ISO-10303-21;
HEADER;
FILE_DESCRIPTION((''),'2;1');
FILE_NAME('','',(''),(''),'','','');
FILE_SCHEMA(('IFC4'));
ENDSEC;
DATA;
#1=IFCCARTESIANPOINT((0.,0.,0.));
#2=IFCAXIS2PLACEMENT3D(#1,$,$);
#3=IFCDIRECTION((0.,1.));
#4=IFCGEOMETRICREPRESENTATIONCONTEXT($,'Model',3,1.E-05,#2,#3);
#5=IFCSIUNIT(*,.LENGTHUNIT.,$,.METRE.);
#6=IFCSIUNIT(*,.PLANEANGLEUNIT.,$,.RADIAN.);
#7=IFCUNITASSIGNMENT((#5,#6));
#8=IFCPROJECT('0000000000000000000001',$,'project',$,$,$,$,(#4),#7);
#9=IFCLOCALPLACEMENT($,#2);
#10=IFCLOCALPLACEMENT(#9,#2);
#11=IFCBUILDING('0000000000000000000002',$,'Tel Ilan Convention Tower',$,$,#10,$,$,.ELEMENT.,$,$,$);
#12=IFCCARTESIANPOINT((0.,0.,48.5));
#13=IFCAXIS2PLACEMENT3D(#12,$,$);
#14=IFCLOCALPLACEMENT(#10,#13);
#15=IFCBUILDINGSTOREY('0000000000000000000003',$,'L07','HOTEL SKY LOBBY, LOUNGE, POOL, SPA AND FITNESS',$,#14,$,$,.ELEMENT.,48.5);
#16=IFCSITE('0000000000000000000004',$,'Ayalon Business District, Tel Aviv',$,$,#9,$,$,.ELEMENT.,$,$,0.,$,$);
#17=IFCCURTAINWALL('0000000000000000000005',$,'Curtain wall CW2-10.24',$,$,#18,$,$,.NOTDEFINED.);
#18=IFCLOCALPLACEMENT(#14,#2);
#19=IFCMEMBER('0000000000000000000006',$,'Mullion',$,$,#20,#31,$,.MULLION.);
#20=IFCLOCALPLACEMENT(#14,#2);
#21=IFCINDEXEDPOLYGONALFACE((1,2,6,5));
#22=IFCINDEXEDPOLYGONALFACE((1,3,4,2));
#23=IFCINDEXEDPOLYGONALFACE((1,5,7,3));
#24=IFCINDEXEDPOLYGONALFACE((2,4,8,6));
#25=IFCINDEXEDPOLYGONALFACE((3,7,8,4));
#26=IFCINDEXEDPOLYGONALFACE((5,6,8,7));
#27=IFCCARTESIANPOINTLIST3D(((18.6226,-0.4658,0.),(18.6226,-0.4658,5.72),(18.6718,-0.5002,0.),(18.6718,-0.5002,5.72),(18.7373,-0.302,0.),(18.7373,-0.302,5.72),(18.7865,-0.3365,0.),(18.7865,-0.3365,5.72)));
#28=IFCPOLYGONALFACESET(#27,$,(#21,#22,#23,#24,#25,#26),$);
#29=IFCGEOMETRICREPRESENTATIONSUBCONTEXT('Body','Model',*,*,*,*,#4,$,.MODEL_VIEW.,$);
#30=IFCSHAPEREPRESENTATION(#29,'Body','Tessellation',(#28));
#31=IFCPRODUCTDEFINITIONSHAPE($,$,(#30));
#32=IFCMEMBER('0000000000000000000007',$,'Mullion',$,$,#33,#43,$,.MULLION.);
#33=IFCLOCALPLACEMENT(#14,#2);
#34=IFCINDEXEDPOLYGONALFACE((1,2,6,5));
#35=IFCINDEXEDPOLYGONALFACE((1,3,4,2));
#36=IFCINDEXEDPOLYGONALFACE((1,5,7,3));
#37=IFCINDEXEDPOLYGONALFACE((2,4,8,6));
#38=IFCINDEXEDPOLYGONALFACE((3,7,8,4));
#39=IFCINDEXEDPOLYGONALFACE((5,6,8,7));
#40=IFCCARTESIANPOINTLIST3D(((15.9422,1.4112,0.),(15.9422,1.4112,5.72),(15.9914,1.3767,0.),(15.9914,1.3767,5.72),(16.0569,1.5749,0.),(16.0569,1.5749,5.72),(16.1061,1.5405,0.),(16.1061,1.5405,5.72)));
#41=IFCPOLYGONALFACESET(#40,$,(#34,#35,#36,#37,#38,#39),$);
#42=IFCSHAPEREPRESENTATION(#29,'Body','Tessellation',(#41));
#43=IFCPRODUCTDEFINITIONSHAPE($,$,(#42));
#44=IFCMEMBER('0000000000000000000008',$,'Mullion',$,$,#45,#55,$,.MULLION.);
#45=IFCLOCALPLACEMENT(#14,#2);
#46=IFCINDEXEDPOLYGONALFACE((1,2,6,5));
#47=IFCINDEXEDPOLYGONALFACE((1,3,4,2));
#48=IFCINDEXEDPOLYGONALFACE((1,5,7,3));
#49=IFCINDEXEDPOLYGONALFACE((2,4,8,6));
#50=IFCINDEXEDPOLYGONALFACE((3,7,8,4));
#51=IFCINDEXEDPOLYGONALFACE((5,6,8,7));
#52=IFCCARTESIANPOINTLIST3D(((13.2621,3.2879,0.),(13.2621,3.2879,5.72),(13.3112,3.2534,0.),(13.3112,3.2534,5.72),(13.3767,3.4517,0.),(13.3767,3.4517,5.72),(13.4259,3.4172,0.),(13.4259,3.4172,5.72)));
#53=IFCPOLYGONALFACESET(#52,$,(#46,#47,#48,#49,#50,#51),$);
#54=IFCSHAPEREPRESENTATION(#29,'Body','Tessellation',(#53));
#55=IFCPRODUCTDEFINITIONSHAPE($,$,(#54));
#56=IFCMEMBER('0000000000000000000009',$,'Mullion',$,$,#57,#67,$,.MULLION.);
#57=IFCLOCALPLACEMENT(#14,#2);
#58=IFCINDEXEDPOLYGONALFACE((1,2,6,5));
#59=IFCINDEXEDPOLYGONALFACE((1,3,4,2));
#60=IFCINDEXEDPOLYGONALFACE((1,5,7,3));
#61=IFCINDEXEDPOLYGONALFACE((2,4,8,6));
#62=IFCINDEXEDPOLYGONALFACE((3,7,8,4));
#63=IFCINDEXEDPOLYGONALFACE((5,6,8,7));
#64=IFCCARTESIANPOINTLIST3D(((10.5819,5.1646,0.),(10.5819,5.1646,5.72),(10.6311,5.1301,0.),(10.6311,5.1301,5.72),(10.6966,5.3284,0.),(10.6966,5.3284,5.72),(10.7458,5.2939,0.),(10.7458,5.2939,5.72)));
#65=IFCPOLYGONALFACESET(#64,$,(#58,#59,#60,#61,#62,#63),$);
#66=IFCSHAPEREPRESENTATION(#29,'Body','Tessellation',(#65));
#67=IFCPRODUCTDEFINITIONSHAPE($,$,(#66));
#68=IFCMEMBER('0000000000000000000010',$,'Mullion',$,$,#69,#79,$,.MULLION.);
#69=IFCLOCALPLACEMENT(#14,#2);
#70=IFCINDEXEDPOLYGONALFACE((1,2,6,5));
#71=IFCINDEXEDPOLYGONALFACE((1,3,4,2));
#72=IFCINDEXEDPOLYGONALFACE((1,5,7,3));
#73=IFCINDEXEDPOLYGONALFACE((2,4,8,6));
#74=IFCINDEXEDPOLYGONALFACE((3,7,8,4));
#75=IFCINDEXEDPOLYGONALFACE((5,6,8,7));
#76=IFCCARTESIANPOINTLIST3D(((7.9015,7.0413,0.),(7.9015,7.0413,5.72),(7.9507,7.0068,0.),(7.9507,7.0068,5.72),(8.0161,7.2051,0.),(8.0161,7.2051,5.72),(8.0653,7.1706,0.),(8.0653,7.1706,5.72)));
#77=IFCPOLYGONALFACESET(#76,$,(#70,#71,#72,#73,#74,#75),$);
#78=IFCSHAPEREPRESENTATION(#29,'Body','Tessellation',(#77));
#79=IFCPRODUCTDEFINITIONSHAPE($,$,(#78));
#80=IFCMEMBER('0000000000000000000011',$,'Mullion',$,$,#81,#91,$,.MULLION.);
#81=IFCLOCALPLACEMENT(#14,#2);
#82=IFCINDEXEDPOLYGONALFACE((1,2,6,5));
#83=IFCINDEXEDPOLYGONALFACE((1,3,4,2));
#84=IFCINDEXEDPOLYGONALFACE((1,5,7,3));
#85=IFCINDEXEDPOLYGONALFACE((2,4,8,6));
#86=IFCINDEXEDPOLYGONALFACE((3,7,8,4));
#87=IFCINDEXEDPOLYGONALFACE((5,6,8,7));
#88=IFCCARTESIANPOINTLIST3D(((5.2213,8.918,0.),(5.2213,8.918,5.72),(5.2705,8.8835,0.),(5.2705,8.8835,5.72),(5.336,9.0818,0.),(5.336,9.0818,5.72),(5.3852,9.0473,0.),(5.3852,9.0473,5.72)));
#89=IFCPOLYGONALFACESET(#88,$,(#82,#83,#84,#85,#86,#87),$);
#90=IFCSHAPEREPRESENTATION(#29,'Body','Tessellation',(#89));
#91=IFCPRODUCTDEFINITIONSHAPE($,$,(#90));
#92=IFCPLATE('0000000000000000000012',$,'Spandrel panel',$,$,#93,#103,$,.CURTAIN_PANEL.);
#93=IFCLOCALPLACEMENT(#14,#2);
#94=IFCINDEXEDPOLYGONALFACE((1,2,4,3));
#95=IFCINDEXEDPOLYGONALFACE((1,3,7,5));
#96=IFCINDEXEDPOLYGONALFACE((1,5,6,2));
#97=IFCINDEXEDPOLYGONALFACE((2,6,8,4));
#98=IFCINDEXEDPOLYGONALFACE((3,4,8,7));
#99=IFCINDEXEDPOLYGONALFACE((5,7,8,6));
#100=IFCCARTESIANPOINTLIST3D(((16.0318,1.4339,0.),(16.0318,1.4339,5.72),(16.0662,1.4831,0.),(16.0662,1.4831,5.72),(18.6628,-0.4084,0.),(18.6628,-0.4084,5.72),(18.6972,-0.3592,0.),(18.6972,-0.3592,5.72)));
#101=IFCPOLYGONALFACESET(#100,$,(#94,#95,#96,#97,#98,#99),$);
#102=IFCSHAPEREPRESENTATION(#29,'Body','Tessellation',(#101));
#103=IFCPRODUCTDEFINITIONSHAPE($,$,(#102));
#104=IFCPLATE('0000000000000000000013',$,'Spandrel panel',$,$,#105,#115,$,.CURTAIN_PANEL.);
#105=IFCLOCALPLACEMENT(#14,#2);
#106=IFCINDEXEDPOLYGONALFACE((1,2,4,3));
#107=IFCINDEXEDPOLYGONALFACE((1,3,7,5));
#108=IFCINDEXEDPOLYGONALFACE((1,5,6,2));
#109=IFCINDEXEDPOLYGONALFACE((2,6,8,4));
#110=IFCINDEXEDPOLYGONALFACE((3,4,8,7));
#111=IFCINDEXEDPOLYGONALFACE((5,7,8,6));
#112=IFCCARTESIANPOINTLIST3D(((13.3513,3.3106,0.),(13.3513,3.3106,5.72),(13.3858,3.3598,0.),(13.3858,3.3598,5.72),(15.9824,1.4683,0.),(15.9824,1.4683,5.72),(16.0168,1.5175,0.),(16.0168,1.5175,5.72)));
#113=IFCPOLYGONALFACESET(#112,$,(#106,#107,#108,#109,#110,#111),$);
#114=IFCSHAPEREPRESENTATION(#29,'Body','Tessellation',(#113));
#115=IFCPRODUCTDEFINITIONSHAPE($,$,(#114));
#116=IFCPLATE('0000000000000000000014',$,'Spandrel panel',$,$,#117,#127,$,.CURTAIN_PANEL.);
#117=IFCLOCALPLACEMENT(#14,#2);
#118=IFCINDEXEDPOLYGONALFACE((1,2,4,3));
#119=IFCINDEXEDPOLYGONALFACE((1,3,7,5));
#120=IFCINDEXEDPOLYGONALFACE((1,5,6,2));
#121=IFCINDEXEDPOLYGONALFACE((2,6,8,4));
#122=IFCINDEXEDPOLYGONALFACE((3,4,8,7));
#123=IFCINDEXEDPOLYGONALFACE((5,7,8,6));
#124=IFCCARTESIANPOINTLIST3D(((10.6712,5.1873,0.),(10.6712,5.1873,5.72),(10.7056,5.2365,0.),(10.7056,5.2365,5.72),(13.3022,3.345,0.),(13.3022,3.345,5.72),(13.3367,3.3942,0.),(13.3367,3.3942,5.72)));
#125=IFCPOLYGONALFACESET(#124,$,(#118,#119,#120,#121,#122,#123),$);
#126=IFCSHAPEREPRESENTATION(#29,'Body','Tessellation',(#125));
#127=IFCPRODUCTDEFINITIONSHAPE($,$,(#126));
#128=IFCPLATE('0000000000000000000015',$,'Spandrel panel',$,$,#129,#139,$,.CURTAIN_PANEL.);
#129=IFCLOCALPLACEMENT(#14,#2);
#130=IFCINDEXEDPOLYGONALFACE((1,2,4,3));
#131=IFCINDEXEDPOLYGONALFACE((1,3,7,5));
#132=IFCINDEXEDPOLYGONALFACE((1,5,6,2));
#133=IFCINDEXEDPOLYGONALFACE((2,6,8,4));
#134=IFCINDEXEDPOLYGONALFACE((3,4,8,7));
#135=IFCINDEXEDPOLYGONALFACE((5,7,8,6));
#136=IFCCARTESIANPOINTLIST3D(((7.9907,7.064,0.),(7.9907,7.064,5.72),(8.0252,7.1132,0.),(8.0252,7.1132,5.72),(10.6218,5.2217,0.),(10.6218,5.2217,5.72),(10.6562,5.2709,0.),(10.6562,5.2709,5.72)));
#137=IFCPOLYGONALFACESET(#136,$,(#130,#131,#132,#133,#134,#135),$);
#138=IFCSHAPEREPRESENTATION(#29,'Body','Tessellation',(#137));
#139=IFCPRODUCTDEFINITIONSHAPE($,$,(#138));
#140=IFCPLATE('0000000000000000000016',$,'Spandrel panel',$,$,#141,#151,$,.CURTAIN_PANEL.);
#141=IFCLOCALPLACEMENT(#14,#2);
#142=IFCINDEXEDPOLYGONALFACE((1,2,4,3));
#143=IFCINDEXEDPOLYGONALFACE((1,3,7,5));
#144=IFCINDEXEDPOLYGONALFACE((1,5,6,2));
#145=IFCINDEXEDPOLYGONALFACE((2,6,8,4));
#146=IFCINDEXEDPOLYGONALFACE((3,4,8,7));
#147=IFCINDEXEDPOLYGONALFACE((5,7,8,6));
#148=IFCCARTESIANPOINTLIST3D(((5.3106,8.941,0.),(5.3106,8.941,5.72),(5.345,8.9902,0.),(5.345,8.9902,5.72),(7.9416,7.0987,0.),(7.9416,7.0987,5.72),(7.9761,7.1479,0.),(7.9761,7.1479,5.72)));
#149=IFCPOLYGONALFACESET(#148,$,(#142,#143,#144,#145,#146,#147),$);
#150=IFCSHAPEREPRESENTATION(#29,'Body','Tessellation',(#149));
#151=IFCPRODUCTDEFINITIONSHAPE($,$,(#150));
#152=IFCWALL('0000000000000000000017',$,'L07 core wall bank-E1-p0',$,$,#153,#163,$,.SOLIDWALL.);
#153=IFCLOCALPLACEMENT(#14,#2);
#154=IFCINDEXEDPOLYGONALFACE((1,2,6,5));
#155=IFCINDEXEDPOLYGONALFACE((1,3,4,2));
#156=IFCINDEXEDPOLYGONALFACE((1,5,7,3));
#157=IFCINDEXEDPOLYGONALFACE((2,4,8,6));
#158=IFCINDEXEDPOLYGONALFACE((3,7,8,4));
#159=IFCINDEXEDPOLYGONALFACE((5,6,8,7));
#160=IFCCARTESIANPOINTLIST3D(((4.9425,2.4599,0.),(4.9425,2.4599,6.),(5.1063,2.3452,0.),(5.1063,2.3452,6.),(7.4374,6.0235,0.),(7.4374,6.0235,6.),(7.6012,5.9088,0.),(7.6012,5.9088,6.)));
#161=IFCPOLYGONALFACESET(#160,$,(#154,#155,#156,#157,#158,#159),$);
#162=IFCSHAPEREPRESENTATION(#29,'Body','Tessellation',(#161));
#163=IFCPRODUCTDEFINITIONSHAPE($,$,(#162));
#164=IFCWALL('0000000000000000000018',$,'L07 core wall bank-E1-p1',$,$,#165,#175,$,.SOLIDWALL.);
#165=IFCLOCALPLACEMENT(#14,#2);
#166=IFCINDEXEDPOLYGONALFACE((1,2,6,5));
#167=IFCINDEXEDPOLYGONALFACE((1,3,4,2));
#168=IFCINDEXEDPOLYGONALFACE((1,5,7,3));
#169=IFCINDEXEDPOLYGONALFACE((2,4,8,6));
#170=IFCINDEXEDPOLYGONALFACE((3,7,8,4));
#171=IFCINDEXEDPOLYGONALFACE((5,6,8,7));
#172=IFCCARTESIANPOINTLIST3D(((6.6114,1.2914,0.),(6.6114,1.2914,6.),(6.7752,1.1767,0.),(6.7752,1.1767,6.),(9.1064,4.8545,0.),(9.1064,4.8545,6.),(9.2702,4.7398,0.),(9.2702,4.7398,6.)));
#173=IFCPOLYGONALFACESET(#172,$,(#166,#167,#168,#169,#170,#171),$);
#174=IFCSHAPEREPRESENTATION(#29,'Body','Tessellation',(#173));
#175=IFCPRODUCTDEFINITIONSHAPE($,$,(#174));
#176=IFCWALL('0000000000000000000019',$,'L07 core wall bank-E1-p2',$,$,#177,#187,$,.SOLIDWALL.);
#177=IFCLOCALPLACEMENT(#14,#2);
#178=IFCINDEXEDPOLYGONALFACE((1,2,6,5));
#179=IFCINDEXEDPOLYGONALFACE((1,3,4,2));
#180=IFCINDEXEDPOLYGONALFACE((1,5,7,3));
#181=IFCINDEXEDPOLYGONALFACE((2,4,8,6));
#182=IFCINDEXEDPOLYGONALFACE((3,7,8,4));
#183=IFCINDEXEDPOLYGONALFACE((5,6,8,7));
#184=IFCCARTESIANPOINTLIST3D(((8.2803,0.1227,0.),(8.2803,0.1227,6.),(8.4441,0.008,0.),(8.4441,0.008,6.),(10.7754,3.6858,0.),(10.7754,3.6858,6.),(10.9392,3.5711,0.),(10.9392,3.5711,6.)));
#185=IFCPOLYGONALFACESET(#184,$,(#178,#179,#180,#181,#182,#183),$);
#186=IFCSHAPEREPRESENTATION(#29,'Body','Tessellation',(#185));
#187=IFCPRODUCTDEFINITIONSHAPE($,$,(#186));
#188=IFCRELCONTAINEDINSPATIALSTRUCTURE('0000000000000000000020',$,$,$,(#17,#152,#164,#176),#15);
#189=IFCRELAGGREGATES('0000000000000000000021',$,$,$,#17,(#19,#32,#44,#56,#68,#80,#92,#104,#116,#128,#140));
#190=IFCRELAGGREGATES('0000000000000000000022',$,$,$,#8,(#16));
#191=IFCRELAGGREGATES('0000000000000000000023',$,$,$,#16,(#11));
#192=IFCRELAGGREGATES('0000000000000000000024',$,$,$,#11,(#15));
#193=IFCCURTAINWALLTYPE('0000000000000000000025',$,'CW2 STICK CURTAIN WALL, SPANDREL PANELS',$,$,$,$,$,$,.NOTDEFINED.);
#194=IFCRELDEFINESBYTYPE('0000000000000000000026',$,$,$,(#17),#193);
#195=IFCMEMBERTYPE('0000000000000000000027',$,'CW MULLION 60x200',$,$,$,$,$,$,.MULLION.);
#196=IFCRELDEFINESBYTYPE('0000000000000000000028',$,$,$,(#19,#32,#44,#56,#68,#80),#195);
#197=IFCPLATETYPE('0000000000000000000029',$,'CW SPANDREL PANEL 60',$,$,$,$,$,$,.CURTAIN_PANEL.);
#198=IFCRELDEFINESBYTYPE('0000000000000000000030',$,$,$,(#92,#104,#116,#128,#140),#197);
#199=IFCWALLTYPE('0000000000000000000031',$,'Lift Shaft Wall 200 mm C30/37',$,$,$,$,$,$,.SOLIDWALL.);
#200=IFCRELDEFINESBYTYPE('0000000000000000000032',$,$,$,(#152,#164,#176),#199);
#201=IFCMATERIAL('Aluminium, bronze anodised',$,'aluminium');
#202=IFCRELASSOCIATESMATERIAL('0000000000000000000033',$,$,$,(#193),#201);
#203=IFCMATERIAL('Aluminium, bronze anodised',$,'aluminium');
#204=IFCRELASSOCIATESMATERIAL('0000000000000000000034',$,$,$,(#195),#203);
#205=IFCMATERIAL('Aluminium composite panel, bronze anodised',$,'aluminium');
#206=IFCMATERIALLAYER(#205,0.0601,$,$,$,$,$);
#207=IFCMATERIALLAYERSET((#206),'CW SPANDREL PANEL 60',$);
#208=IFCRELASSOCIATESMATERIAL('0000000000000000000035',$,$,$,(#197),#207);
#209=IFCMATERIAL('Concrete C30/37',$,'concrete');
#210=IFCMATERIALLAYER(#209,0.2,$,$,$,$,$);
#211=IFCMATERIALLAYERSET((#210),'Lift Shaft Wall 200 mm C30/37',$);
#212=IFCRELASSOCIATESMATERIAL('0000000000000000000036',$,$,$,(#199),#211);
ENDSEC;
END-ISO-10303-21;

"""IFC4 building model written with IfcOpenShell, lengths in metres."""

from ifc_helpers import new_model, si_unit, direction, frame, frame_2d, origin, origin_2d, place, context, subcontext, project, spatial, rectangle, extrude, material, layer, layer_set, material_profile, profile_set, type_object, element, aggregate, save


model = new_model("IFC4")

# Units and contexts
model_context = context("Model", 3, precision=1e-05, world=origin(), true_north=direction((0.0, 1.0)))
body_context = subcontext(model_context, "Body", "Model", "MODEL_VIEW")
ifc_project = project(units=[si_unit("LENGTHUNIT", "METRE"), si_unit("PLANEANGLEUNIT", "RADIAN")], contexts=[model_context])

# Site, building, storey
site_placement = place(None, origin())
site = spatial("IfcSite", under=ifc_project, at=site_placement, Name="Ayalon Business District, Tel Aviv", CompositionType="ELEMENT", RefElevation=0.0)
building_placement = place(site_placement, origin())
building = spatial("IfcBuilding", under=site, at=building_placement, Name="Tel Ilan Convention Tower", CompositionType="ELEMENT")
storey_placement = place(building_placement, frame((0.0, 0.0, 48.5)))
storey = spatial("IfcBuildingStorey", under=building, at=storey_placement, Name="L07", Description="HOTEL SKY LOBBY, LOUNGE, POOL, SPA AND FITNESS", CompositionType="ELEMENT", Elevation=48.5)

# Curtain wall, members, plates
ifc_material_1 = material(Name="Aluminium, bronze anodised", Category="aluminium")
curtain_wall_type = type_object("IfcCurtainWallType", Name="CW2 STICK CURTAIN WALL, SPANDREL PANELS", PredefinedType="NOTDEFINED", material=ifc_material_1)
curtain_wall_placement = place(storey_placement, origin())
curtain_wall = element("IfcCurtainWall", 1, at=curtain_wall_placement, inside=storey, type_object=curtain_wall_type, Name="Curtain wall CW2-10.24", PredefinedType="NOTDEFINED")
ifc_material_2 = material(Name="Aluminium, bronze anodised", Category="aluminium")
ifc_material_profile = material_profile(ifc_material_2, rectangle(XDim=0.0601, YDim=0.2, at=origin_2d()), Name="CW MULLION 60x200")
ifc_profile_set = profile_set([ifc_material_profile], Name="Aluminium, bronze anodised")
member_type = type_object("IfcMemberType", Name="CW MULLION 60x200", PredefinedType="MULLION", material=ifc_profile_set)
member_1_placement = place(storey_placement, frame((18.7046, -0.4011, 0.0), z_axis=(0.0, 0.0, 1.0), x_axis=(-0.819152, 0.573576, 0.0)))
member_1 = element("IfcMember", 2, at=member_1_placement, type_object=member_type, Name="Mullion", PredefinedType="MULLION", context=body_context, shape_type="SweptSolid", body=[
    extrude(rectangle(XDim=0.0601, YDim=0.2, at=origin_2d()), origin(), (0.0, 0.0, 1.0), 5.72),
])
member_2_placement = place(storey_placement, frame((16.0242, 1.4758, 0.0), z_axis=(0.0, 0.0, 1.0), x_axis=(-0.819152, 0.573576, 0.0)))
member_2 = element("IfcMember", 3, at=member_2_placement, type_object=member_type, Name="Mullion", PredefinedType="MULLION", context=body_context, shape_type="SweptSolid", body=[
    extrude(rectangle(XDim=0.0601, YDim=0.2, at=origin_2d()), origin(), (0.0, 0.0, 1.0), 5.72),
])
member_3_placement = place(storey_placement, frame((13.344, 3.3525, 0.0), z_axis=(0.0, 0.0, 1.0), x_axis=(-0.819152, 0.573576, 0.0)))
member_3 = element("IfcMember", 4, at=member_3_placement, type_object=member_type, Name="Mullion", PredefinedType="MULLION", context=body_context, shape_type="SweptSolid", body=[
    extrude(rectangle(XDim=0.0601, YDim=0.2, at=origin_2d()), origin(), (0.0, 0.0, 1.0), 5.72),
])
member_4_placement = place(storey_placement, frame((10.6638, 5.2292, 0.0), z_axis=(0.0, 0.0, 1.0), x_axis=(-0.819152, 0.573576, 0.0)))
member_4 = element("IfcMember", 5, at=member_4_placement, type_object=member_type, Name="Mullion", PredefinedType="MULLION", context=body_context, shape_type="SweptSolid", body=[
    extrude(rectangle(XDim=0.0601, YDim=0.2, at=origin_2d()), origin(), (0.0, 0.0, 1.0), 5.72),
])
member_5_placement = place(storey_placement, frame((7.9834, 7.106, 0.0), z_axis=(0.0, 0.0, 1.0), x_axis=(-0.819152, 0.573576, 0.0)))
member_5 = element("IfcMember", 6, at=member_5_placement, type_object=member_type, Name="Mullion", PredefinedType="MULLION", context=body_context, shape_type="SweptSolid", body=[
    extrude(rectangle(XDim=0.0601, YDim=0.2, at=origin_2d()), origin(), (0.0, 0.0, 1.0), 5.72),
])
member_6_placement = place(storey_placement, frame((5.3032, 8.9827, 0.0), z_axis=(0.0, 0.0, 1.0), x_axis=(-0.819152, 0.573576, 0.0)))
member_6 = element("IfcMember", 7, at=member_6_placement, type_object=member_type, Name="Mullion", PredefinedType="MULLION", context=body_context, shape_type="SweptSolid", body=[
    extrude(rectangle(XDim=0.0601, YDim=0.2, at=origin_2d()), origin(), (0.0, 0.0, 1.0), 5.72),
])
ifc_material_3 = material(Name="Aluminium composite panel, bronze anodised", Category="aluminium")
ifc_layer_1 = layer(ifc_material_3, 0.0601)
ifc_layer_set_1 = layer_set([ifc_layer_1], Name="CW SPANDREL PANEL 60")
plate_type = type_object("IfcPlateType", Name="CW SPANDREL PANEL 60", PredefinedType="CURTAIN_PANEL", material=ifc_layer_set_1)
plate_1_placement = place(storey_placement, frame((17.3645, 0.5374, 0.0), z_axis=(0.0, 0.0, 1.0), x_axis=(-0.819152, 0.573576, 0.0)))
plate_1 = element("IfcPlate", 8, at=plate_1_placement, type_object=plate_type, Name="Spandrel panel", PredefinedType="CURTAIN_PANEL", context=body_context, shape_type="SweptSolid", body=[
    extrude(rectangle(XDim=3.2119, YDim=0.0601, at=origin_2d()), origin(), (0.0, 0.0, 1.0), 5.72),
])
plate_2_placement = place(storey_placement, frame((14.6841, 2.4141, 0.0), z_axis=(0.0, 0.0, 1.0), x_axis=(-0.819152, 0.573576, 0.0)))
plate_2 = element("IfcPlate", 9, at=plate_2_placement, type_object=plate_type, Name="Spandrel panel", PredefinedType="CURTAIN_PANEL", context=body_context, shape_type="SweptSolid", body=[
    extrude(rectangle(XDim=3.2119, YDim=0.0601, at=origin_2d()), origin(), (0.0, 0.0, 1.0), 5.72),
])
plate_3_placement = place(storey_placement, frame((12.0039, 4.2908, 0.0), z_axis=(0.0, 0.0, 1.0), x_axis=(-0.819152, 0.573576, 0.0)))
plate_3 = element("IfcPlate", 10, at=plate_3_placement, type_object=plate_type, Name="Spandrel panel", PredefinedType="CURTAIN_PANEL", context=body_context, shape_type="SweptSolid", body=[
    extrude(rectangle(XDim=3.2119, YDim=0.0601, at=origin_2d()), origin(), (0.0, 0.0, 1.0), 5.72),
])
plate_4_placement = place(storey_placement, frame((9.3235, 6.1675, 0.0), z_axis=(0.0, 0.0, 1.0), x_axis=(-0.819152, 0.573576, 0.0)))
plate_4 = element("IfcPlate", 11, at=plate_4_placement, type_object=plate_type, Name="Spandrel panel", PredefinedType="CURTAIN_PANEL", context=body_context, shape_type="SweptSolid", body=[
    extrude(rectangle(XDim=3.2119, YDim=0.0601, at=origin_2d()), origin(), (0.0, 0.0, 1.0), 5.72),
])
plate_5_placement = place(storey_placement, frame((6.6433, 8.0444, 0.0), z_axis=(0.0, 0.0, 1.0), x_axis=(-0.819152, 0.573576, 0.0)))
plate_5 = element("IfcPlate", 12, at=plate_5_placement, type_object=plate_type, Name="Spandrel panel", PredefinedType="CURTAIN_PANEL", context=body_context, shape_type="SweptSolid", body=[
    extrude(rectangle(XDim=3.2119, YDim=0.0601, at=origin_2d()), origin(), (0.0, 0.0, 1.0), 5.72),
])
aggregate(curtain_wall, [member_1, member_2, member_3, member_4, member_5, member_6, plate_1, plate_2, plate_3, plate_4, plate_5])

# Walls
ifc_material_4 = material(Name="Concrete C30/37", Category="concrete")
ifc_layer_2 = layer(ifc_material_4, 0.2)
ifc_layer_set_2 = layer_set([ifc_layer_2], Name="Lift Shaft Wall 200 mm C30/37")
wall_type = type_object("IfcWallType", Name="Lift Shaft Wall 200 mm C30/37", PredefinedType="SOLIDWALL", material=ifc_layer_set_2)
wall_placement = place(storey_placement, frame((5.0244, 2.4026, 0.0), z_axis=(0.0, 0.0, 1.0), x_axis=(0.57353, 0.819184, 0.0)))
element("IfcWall", 13, at=wall_placement, inside=storey, type_object=wall_type, Name="L07 core wall bank-E1-p0", PredefinedType="SOLIDWALL", context=body_context, shape_type="SweptSolid", body=[
    extrude(rectangle(XDim=4.3501, YDim=0.2, at=frame_2d((2.175, 0.0))), origin(), (0.0, 0.0, 1.0), 6.0),
])
for number, where, z_axis, x_axis, name in (
    (14, (6.6934, 1.2341, 0.0), (0.0, 0.0, 1.0), (0.573594, 0.81914, 0.0), "L07 core wall bank-E1-p1"),
    (15, (8.3623, 0.0654, 0.0), (0.0, 0.0, 1.0), (0.573594, 0.81914, 0.0), "L07 core wall bank-E1-p2"),
):
    element("IfcWall", number, at=place(storey_placement, frame(where, z_axis=z_axis, x_axis=x_axis)), inside=storey, type_object=wall_type, Name=name, PredefinedType="SOLIDWALL", context=body_context, shape_type="SweptSolid", body=[
        extrude(rectangle(XDim=4.3499, YDim=0.2, at=frame_2d((2.1748, 0.0))), origin(), (0.0, 0.0, 1.0), 6.0),
    ])

save(model, "model.ifc")
